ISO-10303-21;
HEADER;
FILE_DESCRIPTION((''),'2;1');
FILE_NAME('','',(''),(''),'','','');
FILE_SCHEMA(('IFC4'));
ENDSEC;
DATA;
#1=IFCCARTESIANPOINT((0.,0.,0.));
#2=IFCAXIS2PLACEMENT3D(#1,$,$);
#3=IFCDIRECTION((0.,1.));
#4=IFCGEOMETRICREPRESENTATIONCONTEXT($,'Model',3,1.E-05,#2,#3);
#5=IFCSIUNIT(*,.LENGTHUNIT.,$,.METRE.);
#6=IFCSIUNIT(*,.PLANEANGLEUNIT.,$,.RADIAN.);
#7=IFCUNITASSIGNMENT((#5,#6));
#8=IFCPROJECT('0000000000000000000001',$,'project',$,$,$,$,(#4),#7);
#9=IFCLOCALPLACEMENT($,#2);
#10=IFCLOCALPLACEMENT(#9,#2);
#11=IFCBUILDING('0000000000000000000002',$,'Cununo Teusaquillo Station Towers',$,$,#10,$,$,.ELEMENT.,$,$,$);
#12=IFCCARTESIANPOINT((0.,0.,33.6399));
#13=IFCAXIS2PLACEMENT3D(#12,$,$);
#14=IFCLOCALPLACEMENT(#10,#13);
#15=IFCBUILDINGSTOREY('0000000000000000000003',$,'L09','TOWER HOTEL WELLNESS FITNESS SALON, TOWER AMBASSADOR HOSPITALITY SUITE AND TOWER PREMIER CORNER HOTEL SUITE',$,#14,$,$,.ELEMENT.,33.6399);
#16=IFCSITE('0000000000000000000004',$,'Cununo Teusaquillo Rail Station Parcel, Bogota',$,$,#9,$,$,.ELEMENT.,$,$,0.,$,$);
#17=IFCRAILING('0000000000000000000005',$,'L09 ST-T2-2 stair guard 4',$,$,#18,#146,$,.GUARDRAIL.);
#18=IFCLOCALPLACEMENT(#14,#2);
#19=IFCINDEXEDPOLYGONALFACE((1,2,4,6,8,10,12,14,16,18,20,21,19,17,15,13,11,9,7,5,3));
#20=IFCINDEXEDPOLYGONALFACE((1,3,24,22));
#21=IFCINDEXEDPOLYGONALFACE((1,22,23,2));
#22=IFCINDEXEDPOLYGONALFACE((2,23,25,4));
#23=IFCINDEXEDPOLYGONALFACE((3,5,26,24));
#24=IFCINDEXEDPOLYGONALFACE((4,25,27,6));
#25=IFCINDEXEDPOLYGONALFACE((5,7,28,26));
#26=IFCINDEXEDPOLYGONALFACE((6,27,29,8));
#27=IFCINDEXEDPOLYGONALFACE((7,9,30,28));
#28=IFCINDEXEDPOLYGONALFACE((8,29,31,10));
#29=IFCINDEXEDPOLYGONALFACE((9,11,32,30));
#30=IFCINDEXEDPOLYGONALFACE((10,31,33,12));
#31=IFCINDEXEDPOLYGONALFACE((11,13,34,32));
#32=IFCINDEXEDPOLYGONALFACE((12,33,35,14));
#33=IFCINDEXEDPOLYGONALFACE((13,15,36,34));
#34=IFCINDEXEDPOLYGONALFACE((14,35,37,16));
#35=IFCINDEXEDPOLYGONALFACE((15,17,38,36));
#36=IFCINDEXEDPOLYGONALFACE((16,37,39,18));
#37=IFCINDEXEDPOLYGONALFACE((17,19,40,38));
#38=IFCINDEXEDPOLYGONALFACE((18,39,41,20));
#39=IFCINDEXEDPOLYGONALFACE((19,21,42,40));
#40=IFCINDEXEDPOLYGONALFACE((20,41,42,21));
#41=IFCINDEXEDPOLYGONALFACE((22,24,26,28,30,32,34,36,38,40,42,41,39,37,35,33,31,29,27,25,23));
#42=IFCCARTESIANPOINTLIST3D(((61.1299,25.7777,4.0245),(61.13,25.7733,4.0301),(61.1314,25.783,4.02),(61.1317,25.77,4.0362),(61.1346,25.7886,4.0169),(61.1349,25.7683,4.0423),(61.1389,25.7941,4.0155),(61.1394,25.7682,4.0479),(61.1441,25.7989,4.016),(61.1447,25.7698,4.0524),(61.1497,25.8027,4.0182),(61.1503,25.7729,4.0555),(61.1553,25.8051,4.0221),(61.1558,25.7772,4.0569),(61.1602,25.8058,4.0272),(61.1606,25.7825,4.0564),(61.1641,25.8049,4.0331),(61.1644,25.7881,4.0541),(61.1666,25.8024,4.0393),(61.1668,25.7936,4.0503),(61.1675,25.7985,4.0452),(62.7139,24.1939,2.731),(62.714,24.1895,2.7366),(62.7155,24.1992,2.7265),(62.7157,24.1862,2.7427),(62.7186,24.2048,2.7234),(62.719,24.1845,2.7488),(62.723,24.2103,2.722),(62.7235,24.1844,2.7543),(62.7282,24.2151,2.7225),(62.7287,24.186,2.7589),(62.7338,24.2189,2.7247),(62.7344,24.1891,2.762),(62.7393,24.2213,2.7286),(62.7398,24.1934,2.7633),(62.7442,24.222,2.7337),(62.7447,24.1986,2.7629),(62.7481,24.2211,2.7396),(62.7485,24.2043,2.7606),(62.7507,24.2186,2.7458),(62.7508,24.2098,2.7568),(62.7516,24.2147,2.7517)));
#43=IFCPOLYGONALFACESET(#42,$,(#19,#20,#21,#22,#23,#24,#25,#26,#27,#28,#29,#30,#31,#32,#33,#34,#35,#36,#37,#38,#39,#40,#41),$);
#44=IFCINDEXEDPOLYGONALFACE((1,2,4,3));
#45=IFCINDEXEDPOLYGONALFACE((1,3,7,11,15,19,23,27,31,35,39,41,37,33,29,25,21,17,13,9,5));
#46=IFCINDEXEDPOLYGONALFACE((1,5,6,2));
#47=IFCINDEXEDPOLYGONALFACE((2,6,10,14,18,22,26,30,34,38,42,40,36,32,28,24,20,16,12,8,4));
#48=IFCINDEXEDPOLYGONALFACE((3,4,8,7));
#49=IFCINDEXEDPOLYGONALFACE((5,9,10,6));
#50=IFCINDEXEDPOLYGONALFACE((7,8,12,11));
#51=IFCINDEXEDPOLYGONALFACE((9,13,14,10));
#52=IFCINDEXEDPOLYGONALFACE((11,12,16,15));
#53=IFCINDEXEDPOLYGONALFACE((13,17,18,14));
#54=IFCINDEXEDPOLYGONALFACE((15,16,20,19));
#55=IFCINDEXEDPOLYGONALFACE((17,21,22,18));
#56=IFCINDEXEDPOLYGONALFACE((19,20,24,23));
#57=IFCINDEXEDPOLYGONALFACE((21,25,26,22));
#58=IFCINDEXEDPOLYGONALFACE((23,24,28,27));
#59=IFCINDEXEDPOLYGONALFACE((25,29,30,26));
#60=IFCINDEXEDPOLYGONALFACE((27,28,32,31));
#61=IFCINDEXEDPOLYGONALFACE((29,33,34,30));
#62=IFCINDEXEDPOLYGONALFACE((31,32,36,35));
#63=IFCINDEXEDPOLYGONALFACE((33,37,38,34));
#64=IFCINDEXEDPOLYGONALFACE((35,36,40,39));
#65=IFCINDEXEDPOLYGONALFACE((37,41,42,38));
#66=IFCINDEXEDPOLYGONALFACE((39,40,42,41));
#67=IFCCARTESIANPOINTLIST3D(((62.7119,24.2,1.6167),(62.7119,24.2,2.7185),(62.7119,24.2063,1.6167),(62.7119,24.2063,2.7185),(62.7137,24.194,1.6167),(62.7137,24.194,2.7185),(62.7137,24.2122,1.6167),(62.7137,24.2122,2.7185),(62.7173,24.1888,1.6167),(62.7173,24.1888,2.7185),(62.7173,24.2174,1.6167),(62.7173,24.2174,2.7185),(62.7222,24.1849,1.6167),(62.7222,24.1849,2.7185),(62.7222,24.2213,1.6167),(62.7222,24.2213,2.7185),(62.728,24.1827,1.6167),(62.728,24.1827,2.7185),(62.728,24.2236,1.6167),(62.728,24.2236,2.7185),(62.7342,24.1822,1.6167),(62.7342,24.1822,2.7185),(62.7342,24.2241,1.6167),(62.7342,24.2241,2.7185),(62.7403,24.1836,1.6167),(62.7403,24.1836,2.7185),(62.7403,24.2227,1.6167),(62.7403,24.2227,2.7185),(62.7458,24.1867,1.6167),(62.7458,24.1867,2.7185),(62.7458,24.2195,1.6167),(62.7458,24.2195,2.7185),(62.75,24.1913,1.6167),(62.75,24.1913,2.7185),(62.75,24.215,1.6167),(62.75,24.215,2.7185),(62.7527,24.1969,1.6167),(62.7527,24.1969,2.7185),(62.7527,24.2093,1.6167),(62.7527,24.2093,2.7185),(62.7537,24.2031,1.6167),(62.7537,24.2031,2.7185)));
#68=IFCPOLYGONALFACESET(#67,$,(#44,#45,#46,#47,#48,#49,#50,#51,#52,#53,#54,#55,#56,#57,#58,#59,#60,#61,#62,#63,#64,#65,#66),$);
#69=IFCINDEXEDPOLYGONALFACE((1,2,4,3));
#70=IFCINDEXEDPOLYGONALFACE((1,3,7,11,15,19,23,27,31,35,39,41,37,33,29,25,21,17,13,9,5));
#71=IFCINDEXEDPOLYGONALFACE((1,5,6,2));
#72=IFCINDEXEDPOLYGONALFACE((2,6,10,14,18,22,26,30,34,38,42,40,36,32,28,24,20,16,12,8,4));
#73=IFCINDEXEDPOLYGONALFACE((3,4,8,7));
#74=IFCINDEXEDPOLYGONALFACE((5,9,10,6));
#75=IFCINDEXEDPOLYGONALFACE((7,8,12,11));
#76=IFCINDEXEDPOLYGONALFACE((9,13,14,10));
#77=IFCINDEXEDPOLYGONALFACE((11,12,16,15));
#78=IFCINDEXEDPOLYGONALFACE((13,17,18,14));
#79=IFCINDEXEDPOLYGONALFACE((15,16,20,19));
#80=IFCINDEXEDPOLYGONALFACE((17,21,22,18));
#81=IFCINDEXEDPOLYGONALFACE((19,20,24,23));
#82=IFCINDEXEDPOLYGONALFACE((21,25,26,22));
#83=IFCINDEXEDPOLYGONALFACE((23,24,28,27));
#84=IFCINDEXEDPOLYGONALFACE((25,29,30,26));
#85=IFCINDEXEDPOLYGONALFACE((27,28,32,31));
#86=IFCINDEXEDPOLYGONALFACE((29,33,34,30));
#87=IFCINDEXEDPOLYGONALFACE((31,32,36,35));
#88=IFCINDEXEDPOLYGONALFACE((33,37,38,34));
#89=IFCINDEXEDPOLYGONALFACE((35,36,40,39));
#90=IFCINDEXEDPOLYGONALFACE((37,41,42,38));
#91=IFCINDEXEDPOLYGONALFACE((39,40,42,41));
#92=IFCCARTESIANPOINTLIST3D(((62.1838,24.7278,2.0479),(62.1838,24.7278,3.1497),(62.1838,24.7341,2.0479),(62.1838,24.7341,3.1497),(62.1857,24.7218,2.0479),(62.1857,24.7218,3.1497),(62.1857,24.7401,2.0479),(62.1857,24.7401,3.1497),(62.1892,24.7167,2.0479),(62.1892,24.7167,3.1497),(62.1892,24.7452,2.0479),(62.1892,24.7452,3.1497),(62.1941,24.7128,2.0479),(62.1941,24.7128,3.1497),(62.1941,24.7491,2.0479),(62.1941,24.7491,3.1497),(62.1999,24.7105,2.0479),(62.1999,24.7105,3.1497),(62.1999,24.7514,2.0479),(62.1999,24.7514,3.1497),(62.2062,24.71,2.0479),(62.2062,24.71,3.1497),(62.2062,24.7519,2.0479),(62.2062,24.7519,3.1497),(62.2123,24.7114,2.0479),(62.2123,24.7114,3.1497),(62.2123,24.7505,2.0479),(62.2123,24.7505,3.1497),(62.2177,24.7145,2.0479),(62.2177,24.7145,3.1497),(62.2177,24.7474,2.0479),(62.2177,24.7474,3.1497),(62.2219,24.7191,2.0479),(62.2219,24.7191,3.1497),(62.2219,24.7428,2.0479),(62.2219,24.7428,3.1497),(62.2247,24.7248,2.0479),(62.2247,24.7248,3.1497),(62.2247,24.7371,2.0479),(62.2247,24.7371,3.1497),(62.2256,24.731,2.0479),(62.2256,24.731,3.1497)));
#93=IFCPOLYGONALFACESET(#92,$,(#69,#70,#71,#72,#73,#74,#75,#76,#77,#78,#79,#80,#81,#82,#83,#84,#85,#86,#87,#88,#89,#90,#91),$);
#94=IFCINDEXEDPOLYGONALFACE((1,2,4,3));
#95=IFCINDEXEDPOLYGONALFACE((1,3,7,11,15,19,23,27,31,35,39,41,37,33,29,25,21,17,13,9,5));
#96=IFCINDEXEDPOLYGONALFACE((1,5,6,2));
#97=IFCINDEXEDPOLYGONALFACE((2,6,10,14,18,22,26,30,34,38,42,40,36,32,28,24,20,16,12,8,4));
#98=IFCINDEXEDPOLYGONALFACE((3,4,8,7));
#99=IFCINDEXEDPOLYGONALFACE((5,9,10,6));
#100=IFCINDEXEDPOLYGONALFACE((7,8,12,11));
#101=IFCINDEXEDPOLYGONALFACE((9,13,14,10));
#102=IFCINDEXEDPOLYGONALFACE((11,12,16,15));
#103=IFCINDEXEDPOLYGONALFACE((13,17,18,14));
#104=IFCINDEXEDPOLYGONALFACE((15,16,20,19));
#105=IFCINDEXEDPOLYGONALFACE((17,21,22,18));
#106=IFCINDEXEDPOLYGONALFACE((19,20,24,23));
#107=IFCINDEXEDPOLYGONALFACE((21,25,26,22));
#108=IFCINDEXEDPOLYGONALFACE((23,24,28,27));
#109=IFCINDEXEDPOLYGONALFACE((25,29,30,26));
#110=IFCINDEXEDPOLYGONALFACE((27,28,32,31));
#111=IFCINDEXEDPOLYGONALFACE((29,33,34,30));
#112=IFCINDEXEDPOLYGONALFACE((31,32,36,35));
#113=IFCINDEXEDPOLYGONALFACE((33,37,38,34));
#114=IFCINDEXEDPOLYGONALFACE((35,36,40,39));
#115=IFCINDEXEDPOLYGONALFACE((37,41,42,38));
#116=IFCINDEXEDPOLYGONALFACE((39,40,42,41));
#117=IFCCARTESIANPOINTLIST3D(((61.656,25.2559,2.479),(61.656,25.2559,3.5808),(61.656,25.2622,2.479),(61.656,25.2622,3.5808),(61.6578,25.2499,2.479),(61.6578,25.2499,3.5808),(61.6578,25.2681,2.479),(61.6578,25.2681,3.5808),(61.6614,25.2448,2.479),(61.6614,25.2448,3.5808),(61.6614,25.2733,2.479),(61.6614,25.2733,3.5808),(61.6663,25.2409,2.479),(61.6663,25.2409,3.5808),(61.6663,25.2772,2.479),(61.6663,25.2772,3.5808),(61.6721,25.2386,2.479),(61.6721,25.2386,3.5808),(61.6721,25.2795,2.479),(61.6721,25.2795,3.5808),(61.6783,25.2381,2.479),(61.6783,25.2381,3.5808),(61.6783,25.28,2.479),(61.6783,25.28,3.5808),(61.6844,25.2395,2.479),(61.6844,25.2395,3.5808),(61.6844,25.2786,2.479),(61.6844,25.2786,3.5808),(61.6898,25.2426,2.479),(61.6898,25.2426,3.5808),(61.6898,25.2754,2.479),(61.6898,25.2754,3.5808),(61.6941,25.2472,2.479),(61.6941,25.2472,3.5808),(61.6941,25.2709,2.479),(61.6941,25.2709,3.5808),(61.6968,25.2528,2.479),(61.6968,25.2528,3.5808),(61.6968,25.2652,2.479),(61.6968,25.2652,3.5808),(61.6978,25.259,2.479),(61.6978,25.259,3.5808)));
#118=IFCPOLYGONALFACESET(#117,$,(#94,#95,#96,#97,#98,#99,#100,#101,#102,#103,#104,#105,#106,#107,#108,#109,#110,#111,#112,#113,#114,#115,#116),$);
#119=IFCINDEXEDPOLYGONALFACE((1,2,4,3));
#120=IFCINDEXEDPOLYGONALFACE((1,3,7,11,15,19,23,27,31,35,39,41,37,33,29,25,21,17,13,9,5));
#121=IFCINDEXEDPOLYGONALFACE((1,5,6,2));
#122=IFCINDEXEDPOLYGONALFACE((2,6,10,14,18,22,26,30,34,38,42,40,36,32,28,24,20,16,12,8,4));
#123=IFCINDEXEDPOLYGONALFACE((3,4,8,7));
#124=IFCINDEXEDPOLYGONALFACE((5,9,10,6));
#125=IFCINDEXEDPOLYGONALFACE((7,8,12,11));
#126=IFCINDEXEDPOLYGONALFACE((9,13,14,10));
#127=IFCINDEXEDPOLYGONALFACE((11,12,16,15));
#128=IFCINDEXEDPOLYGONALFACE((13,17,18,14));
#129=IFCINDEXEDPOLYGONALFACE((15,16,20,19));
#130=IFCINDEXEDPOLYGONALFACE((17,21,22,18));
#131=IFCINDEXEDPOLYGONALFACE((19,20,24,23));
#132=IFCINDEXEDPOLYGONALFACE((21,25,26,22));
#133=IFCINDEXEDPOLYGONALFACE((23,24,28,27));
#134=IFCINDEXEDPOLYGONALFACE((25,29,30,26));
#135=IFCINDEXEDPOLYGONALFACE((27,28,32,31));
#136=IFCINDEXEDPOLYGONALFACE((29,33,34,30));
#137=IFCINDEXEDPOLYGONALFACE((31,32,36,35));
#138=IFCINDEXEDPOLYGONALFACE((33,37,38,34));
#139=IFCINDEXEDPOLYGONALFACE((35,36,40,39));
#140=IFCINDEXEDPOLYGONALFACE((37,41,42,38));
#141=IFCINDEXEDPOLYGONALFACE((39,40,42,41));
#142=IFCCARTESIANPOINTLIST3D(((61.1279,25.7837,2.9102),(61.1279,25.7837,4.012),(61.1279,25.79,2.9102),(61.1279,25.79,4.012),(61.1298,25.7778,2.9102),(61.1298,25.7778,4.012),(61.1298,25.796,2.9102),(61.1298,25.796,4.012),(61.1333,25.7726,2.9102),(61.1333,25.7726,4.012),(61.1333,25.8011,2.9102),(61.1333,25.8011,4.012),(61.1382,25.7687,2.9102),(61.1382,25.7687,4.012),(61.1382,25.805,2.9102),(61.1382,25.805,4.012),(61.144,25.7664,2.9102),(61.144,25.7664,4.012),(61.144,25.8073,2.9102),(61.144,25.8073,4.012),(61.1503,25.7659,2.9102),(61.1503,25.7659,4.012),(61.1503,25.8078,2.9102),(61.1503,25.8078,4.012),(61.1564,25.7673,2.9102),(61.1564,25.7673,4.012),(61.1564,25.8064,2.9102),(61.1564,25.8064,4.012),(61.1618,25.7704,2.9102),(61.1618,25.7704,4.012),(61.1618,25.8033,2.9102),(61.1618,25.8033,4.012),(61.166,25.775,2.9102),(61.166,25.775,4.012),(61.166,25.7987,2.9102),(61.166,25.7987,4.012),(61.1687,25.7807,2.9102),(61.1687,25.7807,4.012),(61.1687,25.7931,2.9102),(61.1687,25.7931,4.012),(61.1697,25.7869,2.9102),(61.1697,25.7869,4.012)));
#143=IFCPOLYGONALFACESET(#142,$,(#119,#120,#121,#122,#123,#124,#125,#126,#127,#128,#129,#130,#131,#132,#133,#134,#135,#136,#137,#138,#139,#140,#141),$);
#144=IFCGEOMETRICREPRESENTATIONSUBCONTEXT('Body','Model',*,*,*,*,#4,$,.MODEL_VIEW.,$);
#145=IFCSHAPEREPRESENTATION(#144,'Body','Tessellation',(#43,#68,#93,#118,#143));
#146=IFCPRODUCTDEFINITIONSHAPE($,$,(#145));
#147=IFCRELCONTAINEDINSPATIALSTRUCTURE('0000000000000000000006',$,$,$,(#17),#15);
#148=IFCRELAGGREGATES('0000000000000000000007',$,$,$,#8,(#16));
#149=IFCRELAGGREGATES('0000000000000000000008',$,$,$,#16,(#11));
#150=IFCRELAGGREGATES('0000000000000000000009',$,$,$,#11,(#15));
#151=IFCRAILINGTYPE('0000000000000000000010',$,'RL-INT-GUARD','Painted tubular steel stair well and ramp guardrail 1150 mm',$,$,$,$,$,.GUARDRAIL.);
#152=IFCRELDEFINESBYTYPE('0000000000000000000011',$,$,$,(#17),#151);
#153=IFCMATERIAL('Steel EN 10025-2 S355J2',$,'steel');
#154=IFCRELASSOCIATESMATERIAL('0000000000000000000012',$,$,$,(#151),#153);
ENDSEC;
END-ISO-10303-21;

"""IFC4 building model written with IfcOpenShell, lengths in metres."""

from ifc_helpers import new_model, si_unit, direction, frame, origin, origin_2d, place, context, subcontext, project, spatial, circle, extrude, material, type_object, element, save


model = new_model("IFC4")

# Units and contexts
model_context = context("Model", 3, precision=1e-05, world=origin(), true_north=direction((0.0, 1.0)))
body_context = subcontext(model_context, "Body", "Model", "MODEL_VIEW")
ifc_project = project(units=[si_unit("LENGTHUNIT", "METRE"), si_unit("PLANEANGLEUNIT", "RADIAN")], contexts=[model_context])

# Site, building, storey
site_placement = place(None, origin())
site = spatial("IfcSite", under=ifc_project, at=site_placement, Name="Cununo Teusaquillo Rail Station Parcel, Bogota", CompositionType="ELEMENT", RefElevation=0.0)
building_placement = place(site_placement, origin())
building = spatial("IfcBuilding", under=site, at=building_placement, Name="Cununo Teusaquillo Station Towers", CompositionType="ELEMENT")
storey_placement = place(building_placement, frame((0.0, 0.0, 33.6399)))
storey = spatial("IfcBuildingStorey", under=building, at=storey_placement, Name="L09", Description="TOWER HOTEL WELLNESS FITNESS SALON, TOWER AMBASSADOR HOSPITALITY SUITE AND TOWER PREMIER CORNER HOTEL SUITE", CompositionType="ELEMENT", Elevation=33.6399)

# Railing
ifc_material_1 = material(Name="Steel EN 10025-2 S355J2", Category="steel")
railing_type_1 = type_object("IfcRailingType", Name="RL-INT-GUARD", Description="Painted tubular steel stair well and ramp guardrail 1150 mm", PredefinedType="GUARDRAIL", material=ifc_material_1)
railing_1_placement = place(storey_placement, frame((62.7327, 24.2031, 1.6167)))
element("IfcRailing", 1, at=railing_1_placement, inside=storey, type_object=railing_type_1, Name="L09 ST-T2-2 stair guard 4", PredefinedType="GUARDRAIL", context=body_context, shape_type="SweptSolid", body=[
    extrude(circle(Radius=0.0239, at=origin_2d()), frame((0.0, 0.0, 1.126), z_axis=(-0.612391, 0.612297, 0.500069), x_axis=(-0.707052, -0.707161, 0.0)), (0.0, 0.0, 1.0), 2.5867),
    extrude(circle(Radius=0.021, at=origin_2d()), origin(), (0.0, 0.0, 1.0), 1.1018),
    extrude(circle(Radius=0.021, at=origin_2d()), frame((-0.5281, 0.5278, 0.4312)), (0.0, 0.0, 1.0), 1.1018),
    extrude(circle(Radius=0.021, at=origin_2d()), frame((-1.0559, 1.0559, 0.8623)), (0.0, 0.0, 1.0), 1.1018),
    extrude(circle(Radius=0.021, at=origin_2d()), frame((-1.584, 1.5837, 1.2935)), (0.0, 0.0, 1.0), 1.1018),
])

save(model, "model.ifc")
